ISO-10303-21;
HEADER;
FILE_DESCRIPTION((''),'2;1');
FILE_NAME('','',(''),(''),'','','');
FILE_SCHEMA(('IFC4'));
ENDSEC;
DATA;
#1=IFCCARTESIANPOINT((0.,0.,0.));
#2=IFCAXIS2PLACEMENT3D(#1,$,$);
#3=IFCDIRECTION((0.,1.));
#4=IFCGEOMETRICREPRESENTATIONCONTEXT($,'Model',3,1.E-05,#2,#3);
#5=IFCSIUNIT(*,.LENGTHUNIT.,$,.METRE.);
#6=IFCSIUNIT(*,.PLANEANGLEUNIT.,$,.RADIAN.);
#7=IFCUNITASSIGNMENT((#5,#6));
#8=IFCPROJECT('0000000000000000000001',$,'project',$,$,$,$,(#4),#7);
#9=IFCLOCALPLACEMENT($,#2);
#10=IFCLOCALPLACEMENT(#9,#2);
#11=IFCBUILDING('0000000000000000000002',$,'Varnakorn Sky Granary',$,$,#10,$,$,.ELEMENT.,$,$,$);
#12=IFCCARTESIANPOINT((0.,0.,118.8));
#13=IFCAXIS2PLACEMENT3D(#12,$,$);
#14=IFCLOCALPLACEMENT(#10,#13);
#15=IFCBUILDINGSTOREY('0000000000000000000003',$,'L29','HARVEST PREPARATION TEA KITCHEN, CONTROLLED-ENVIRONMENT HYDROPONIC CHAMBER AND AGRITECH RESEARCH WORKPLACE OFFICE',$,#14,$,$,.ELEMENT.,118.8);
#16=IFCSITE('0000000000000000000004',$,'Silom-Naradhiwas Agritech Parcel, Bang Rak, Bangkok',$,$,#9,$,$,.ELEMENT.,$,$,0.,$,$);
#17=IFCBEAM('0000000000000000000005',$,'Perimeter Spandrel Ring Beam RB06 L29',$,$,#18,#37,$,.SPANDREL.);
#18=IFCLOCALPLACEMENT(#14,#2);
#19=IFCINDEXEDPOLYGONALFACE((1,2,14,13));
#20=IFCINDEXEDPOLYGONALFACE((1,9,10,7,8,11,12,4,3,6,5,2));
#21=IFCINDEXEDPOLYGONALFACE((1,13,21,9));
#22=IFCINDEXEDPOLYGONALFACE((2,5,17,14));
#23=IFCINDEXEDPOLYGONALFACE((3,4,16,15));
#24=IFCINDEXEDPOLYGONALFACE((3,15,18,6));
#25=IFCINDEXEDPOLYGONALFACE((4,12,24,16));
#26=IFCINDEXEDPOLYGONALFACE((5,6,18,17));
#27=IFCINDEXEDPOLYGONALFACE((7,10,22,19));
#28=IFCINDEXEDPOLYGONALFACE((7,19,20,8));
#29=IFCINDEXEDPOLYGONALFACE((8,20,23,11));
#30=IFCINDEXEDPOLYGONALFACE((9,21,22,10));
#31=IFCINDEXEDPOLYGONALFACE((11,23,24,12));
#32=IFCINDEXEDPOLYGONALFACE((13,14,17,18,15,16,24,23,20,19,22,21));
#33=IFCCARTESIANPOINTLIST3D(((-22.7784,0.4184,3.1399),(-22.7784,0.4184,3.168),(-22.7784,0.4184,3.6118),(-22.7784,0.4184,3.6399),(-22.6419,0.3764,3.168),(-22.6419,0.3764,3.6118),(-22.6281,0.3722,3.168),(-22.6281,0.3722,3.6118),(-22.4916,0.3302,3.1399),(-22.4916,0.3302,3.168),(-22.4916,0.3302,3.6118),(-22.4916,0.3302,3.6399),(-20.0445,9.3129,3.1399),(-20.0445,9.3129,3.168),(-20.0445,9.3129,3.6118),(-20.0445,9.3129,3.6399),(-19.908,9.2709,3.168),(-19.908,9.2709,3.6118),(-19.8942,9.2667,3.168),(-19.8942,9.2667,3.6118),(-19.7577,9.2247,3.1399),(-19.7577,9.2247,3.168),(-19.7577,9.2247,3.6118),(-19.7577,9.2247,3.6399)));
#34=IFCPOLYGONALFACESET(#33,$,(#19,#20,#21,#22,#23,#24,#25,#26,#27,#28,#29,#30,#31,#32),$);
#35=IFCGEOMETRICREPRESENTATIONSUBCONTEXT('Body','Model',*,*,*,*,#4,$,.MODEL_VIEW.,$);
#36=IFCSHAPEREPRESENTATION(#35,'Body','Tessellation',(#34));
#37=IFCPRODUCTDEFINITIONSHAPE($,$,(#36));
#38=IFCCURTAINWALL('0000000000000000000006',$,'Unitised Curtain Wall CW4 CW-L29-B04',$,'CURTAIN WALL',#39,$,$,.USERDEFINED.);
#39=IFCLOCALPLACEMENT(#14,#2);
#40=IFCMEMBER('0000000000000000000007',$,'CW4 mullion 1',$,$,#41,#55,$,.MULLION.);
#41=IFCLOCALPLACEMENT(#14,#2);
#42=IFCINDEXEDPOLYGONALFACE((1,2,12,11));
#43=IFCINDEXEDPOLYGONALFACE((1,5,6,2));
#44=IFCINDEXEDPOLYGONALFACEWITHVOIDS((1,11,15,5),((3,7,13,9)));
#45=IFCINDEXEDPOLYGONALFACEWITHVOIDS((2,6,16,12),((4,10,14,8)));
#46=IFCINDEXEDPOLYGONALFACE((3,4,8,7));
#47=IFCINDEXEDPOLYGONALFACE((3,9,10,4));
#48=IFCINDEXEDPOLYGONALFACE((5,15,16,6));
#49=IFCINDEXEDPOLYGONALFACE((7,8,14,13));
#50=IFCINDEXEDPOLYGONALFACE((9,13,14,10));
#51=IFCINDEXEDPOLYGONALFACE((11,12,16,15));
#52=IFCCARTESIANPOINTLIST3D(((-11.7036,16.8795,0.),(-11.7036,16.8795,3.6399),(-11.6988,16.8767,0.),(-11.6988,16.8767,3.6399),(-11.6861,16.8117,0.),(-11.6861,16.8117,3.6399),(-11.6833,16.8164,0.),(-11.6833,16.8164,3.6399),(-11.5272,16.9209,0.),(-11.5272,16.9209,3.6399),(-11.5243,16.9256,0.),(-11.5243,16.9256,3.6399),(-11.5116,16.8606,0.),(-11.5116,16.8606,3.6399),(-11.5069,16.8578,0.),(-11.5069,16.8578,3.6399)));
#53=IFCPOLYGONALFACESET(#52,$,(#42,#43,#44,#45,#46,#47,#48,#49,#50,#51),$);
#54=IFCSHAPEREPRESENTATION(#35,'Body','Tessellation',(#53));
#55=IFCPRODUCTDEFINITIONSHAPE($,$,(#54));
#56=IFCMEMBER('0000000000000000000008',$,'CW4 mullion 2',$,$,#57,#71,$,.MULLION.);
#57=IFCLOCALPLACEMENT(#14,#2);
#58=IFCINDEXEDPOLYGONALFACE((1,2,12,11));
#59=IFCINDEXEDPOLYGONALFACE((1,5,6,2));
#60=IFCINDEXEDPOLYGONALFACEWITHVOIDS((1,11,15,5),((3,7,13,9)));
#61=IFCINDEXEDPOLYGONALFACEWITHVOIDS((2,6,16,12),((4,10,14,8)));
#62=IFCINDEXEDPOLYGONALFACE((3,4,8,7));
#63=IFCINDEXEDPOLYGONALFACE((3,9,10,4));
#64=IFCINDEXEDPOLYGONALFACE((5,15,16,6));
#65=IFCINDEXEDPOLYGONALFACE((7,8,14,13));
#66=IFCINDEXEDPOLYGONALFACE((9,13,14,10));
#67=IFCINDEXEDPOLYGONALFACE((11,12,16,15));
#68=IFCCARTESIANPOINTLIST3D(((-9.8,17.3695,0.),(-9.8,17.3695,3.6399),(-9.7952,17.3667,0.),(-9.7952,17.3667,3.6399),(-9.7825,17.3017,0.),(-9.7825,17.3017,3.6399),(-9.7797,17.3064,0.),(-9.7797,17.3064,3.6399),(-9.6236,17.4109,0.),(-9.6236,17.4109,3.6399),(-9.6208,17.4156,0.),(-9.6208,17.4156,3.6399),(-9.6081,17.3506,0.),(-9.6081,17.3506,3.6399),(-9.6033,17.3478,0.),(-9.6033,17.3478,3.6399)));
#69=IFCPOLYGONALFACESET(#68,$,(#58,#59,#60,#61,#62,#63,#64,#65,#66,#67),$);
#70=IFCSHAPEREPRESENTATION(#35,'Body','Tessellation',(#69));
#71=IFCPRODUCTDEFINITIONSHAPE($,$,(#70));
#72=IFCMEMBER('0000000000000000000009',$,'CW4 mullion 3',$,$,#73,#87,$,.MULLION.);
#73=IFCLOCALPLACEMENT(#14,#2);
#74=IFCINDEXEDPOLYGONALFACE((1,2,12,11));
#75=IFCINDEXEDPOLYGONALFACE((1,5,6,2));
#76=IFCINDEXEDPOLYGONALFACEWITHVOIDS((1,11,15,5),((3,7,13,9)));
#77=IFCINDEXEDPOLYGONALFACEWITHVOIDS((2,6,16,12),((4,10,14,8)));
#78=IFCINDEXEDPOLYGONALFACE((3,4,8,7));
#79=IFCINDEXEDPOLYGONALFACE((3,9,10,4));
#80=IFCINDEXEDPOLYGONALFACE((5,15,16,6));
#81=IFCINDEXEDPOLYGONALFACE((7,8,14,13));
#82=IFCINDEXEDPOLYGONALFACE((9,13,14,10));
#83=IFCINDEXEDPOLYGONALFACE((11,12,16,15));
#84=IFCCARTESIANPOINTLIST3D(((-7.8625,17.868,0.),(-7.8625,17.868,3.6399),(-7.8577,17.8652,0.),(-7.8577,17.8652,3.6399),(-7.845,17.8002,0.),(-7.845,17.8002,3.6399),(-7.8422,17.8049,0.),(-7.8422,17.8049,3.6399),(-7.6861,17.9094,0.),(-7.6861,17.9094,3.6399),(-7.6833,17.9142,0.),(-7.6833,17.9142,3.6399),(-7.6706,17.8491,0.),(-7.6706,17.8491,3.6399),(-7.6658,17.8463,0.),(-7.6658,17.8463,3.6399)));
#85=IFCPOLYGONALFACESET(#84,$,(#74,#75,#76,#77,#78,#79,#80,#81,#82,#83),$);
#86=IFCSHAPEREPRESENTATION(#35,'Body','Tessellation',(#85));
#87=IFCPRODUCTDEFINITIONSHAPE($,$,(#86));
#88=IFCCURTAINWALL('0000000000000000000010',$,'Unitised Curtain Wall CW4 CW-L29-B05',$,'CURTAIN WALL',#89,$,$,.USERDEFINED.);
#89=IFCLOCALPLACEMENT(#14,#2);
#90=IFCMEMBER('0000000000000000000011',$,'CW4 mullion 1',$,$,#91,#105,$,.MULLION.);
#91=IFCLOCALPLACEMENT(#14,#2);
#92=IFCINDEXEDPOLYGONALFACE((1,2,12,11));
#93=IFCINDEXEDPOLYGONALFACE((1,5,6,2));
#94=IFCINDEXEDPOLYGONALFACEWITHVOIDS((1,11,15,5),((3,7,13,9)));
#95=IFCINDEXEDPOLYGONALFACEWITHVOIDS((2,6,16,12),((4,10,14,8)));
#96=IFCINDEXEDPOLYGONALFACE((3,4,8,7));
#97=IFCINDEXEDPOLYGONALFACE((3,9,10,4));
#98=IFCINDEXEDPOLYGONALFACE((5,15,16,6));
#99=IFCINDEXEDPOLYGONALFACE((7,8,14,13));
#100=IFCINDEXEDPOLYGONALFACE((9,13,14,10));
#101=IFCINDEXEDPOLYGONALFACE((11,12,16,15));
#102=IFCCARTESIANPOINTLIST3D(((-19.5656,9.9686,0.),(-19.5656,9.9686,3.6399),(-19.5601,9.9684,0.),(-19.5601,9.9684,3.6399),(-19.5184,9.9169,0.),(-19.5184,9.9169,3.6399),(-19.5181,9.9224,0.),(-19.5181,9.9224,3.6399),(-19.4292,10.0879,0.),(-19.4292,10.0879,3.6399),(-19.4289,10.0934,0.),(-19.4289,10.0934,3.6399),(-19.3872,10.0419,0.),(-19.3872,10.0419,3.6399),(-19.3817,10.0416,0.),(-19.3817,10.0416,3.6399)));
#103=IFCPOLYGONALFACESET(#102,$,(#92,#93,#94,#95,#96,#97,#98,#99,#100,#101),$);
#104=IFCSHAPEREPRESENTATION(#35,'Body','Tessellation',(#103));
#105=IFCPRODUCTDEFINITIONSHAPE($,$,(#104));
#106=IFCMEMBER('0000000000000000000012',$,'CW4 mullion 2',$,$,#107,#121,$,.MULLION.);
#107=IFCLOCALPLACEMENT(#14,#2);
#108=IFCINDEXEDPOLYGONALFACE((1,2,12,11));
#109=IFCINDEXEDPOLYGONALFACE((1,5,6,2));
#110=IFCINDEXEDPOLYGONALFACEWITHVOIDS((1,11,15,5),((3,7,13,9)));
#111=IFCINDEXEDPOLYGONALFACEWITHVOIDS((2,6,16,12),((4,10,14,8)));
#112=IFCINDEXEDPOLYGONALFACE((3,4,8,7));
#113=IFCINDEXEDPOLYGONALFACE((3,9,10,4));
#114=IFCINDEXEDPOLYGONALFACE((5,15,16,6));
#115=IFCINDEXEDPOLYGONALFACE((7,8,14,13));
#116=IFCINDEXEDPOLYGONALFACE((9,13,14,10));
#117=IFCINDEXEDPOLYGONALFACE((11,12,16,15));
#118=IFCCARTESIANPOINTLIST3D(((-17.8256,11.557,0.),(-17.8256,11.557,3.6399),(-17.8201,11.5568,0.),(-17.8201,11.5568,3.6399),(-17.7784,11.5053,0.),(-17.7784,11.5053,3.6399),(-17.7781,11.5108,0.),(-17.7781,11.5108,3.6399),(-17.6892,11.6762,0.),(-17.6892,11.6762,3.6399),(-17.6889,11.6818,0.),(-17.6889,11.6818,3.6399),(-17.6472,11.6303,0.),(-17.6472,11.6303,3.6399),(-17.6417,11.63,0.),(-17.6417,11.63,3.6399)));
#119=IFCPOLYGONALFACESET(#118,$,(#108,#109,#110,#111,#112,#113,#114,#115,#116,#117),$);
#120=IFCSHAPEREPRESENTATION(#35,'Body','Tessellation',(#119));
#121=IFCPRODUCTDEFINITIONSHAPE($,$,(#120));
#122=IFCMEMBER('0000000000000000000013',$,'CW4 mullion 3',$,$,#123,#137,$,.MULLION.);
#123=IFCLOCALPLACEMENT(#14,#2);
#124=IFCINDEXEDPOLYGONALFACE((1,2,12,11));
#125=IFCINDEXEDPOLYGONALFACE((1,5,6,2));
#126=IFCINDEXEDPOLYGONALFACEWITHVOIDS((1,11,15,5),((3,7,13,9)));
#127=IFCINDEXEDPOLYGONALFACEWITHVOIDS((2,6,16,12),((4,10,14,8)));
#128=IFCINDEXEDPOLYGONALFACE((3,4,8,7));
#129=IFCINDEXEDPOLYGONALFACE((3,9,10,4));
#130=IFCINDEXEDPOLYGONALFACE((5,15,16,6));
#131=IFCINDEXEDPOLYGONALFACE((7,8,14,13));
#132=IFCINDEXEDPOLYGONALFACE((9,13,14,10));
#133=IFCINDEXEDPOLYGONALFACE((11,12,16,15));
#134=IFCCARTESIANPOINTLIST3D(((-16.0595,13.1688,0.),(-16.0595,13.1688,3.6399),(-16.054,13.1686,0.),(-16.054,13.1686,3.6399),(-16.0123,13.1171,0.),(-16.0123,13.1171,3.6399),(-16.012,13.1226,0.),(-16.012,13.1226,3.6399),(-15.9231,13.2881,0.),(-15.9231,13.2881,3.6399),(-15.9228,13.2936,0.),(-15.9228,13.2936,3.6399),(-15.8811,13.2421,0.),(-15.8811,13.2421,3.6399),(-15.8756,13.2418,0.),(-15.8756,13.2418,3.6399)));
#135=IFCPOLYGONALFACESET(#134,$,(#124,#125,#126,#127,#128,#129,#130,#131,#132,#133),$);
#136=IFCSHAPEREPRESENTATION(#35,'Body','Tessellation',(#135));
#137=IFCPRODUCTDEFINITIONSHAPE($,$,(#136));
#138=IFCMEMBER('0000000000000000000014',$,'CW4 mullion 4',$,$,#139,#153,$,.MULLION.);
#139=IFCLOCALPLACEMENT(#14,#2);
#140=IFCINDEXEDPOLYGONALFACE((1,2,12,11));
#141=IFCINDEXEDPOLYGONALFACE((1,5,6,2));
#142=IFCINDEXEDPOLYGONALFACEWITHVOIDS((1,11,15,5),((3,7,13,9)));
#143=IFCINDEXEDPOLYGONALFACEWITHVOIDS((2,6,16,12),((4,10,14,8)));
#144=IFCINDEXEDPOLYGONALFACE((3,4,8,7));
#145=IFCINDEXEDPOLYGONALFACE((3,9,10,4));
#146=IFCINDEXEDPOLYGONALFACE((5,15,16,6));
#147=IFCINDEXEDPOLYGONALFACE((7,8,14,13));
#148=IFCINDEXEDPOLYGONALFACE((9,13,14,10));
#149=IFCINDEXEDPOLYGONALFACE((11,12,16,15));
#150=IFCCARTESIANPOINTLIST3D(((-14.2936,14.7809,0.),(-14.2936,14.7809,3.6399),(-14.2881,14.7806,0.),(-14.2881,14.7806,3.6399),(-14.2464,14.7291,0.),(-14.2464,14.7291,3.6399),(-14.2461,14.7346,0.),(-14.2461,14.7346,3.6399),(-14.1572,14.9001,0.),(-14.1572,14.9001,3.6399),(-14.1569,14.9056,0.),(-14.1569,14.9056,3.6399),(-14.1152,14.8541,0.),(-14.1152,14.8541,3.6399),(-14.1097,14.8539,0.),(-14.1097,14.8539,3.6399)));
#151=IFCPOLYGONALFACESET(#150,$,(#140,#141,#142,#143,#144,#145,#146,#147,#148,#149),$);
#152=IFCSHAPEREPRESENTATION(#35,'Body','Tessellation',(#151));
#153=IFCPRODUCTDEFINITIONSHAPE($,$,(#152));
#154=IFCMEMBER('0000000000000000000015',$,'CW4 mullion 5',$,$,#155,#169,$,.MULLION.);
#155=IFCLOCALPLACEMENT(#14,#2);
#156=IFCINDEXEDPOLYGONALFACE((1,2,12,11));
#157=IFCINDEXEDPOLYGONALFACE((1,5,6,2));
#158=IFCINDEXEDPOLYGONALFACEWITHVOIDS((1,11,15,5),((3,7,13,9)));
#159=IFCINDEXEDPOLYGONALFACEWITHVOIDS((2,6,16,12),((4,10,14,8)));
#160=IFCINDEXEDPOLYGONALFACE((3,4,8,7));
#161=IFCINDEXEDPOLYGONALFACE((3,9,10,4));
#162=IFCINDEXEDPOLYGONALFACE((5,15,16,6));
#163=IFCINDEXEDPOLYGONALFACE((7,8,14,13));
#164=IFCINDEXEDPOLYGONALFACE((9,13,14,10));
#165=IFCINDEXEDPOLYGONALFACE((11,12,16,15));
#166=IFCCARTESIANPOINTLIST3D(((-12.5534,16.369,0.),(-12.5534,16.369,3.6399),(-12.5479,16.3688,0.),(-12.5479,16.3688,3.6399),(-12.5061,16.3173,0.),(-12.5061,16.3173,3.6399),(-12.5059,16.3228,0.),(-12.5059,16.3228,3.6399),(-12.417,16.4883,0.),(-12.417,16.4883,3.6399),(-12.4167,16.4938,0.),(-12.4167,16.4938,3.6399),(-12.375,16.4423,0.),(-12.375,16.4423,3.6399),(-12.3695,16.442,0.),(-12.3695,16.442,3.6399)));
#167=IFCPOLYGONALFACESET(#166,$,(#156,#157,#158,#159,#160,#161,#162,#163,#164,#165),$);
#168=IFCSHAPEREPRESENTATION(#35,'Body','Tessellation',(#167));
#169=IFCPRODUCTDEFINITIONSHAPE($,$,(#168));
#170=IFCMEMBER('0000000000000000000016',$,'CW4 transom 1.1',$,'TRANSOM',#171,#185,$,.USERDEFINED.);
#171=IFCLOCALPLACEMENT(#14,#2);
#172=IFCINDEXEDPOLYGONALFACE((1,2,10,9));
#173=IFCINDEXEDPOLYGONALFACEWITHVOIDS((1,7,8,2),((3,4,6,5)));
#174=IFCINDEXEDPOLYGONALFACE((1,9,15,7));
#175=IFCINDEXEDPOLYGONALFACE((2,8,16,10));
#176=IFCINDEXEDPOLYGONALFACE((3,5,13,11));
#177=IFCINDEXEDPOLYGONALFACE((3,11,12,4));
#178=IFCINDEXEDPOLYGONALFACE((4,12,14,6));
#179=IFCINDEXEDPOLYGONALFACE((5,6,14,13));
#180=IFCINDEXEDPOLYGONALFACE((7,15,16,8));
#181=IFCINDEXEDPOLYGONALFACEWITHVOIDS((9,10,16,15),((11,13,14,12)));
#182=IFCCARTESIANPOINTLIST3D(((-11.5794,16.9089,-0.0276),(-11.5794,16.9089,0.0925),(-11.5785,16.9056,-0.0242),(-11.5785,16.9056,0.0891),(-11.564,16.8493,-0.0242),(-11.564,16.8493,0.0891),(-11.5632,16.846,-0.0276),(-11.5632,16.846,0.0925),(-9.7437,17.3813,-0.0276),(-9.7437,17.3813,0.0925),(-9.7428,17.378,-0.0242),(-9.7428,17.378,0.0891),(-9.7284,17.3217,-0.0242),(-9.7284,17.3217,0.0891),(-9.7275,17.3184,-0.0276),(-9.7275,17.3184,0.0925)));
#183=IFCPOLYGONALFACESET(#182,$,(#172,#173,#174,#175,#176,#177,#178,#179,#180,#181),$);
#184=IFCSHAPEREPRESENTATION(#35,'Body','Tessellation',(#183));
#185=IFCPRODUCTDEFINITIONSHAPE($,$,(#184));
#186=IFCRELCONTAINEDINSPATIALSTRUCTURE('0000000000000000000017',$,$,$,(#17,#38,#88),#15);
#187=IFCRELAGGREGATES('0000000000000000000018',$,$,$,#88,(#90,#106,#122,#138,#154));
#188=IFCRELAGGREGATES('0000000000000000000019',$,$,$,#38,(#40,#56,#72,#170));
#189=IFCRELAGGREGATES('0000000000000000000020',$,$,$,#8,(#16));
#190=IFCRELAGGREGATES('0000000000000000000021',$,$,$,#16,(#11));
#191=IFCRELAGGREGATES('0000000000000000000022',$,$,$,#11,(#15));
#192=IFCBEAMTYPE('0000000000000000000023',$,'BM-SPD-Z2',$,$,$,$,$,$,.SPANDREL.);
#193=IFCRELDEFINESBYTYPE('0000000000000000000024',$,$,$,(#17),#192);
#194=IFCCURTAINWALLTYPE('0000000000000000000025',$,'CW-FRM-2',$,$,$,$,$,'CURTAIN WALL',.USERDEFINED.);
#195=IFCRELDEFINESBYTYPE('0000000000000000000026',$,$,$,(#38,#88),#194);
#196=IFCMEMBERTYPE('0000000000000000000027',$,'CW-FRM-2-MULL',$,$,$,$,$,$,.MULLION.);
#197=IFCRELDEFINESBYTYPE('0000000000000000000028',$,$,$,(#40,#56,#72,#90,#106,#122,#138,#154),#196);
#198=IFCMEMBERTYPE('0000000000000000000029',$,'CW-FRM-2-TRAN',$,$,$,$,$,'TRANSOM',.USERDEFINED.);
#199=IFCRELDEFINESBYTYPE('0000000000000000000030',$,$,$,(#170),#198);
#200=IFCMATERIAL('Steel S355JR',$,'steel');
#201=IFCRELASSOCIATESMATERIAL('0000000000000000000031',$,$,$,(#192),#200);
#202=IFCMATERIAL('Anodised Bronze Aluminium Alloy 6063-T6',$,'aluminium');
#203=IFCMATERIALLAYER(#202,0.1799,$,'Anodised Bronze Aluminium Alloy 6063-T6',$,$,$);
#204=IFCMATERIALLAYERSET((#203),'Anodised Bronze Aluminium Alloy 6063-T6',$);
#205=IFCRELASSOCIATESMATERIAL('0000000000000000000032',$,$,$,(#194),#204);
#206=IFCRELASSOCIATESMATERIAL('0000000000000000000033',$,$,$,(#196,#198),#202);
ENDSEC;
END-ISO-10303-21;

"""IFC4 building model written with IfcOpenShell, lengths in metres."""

from ifc_helpers import new_model, si_unit, direction, frame, origin, origin_2d, place, context, subcontext, project, spatial, hollow_rectangle, i_section, extrude, material, layer, layer_set, material_profile, profile_set, type_object, element, aggregate, save


model = new_model("IFC4")

# Units and contexts
model_context = context("Model", 3, precision=1e-05, world=origin(), true_north=direction((0.0, 1.0)))
body_context = subcontext(model_context, "Body", "Model", "MODEL_VIEW")
ifc_project = project(units=[si_unit("LENGTHUNIT", "METRE"), si_unit("PLANEANGLEUNIT", "RADIAN")], contexts=[model_context])

# Site, building, storey
site_placement = place(None, origin())
site = spatial("IfcSite", under=ifc_project, at=site_placement, Name="Silom-Naradhiwas Agritech Parcel, Bang Rak, Bangkok", CompositionType="ELEMENT", RefElevation=0.0)
building_placement = place(site_placement, origin())
building = spatial("IfcBuilding", under=site, at=building_placement, Name="Varnakorn Sky Granary", CompositionType="ELEMENT")
storey_placement = place(building_placement, frame((0.0, 0.0, 118.8)))
storey = spatial("IfcBuildingStorey", under=building, at=storey_placement, Name="L29", Description="HARVEST PREPARATION TEA KITCHEN, CONTROLLED-ENVIRONMENT HYDROPONIC CHAMBER AND AGRITECH RESEARCH WORKPLACE OFFICE", CompositionType="ELEMENT", Elevation=118.8)

# Beam
ifc_material_1 = material(Name="Steel S355JR", Category="steel")
ifc_material_profile_1 = material_profile(ifc_material_1, i_section(OverallWidth=0.3, OverallDepth=0.5, WebThickness=0.0144, FlangeThickness=0.0281, at=origin_2d()), Name="HE 500 B")
ifc_profile_set_1 = profile_set([ifc_material_profile_1], Name="Steel S355JR")
beam_type_1 = type_object("IfcBeamType", Name="BM-SPD-Z2", PredefinedType="SPANDREL", material=ifc_profile_set_1)
beam_1_placement = place(storey_placement, frame((-19.9011, 9.2688, 3.3899), z_axis=(-0.293802, -0.955866, 0.0), x_axis=(0.955866, -0.293802, 0.0)))
element("IfcBeam", 1, at=beam_1_placement, inside=storey, type_object=beam_type_1, Name="Perimeter Spandrel Ring Beam RB06 L29", PredefinedType="SPANDREL", context=body_context, shape_type="SweptSolid", body=[
    extrude(i_section(OverallWidth=0.3, OverallDepth=0.5, WebThickness=0.0144, FlangeThickness=0.0281, at=origin_2d()), origin(), (0.0, 0.0, 1.0), 9.3052),
])

# Curtain walls, members
ifc_material_2 = material(Name="Anodised Bronze Aluminium Alloy 6063-T6", Category="aluminium")
ifc_layer_1 = layer(ifc_material_2, 0.1799, Name="Anodised Bronze Aluminium Alloy 6063-T6")
ifc_layer_set_1 = layer_set([ifc_layer_1], Name="Anodised Bronze Aluminium Alloy 6063-T6")
curtain_wall_type = type_object("IfcCurtainWallType", Name="CW-FRM-2", ElementType="CURTAIN WALL", PredefinedType="USERDEFINED", material=ifc_layer_set_1)
curtain_wall_1_placement = place(storey_placement, origin())
curtain_wall_1 = element("IfcCurtainWall", 2, at=curtain_wall_1_placement, inside=storey, type_object=curtain_wall_type, Name="Unitised Curtain Wall CW4 CW-L29-B04", ObjectType="CURTAIN WALL", PredefinedType="USERDEFINED")
ifc_material_profile_2 = material_profile(ifc_material_2, hollow_rectangle(XDim=0.0701, YDim=0.1851, WallThickness=0.0039, at=origin_2d()), Name="ALU MULL 70x185")
ifc_profile_set_2 = profile_set([ifc_material_profile_2], Name="Anodised Bronze Aluminium Alloy 6063-T6")
member_type_1 = type_object("IfcMemberType", Name="CW-FRM-2-MULL", PredefinedType="MULLION", material=ifc_profile_set_2)
member_1_placement = place(storey_placement, frame((-11.6052, 16.8687, 0.0), z_axis=(0.0, 0.0, 1.0), x_axis=(-0.249196, 0.968453, 0.0)))
member_1 = element("IfcMember", 3, at=member_1_placement, type_object=member_type_1, Name="CW4 mullion 1", PredefinedType="MULLION", context=body_context, shape_type="SweptSolid", body=[
    extrude(hollow_rectangle(XDim=0.0701, YDim=0.1851, WallThickness=0.0039, at=origin_2d()), origin(), (0.0, 0.0, 1.0), 3.6399),
])
member_2_placement = place(storey_placement, frame((-9.7017, 17.3586, 0.0), z_axis=(0.0, 0.0, 1.0), x_axis=(-0.249196, 0.968453, 0.0)))
member_2 = element("IfcMember", 4, at=member_2_placement, type_object=member_type_1, Name="CW4 mullion 2", PredefinedType="MULLION", context=body_context, shape_type="SweptSolid", body=[
    extrude(hollow_rectangle(XDim=0.0701, YDim=0.1851, WallThickness=0.0039, at=origin_2d()), origin(), (0.0, 0.0, 1.0), 3.6399),
])
member_3_placement = place(storey_placement, frame((-7.7642, 17.8572, 0.0), z_axis=(0.0, 0.0, 1.0), x_axis=(-0.249196, 0.968453, 0.0)))
member_3 = element("IfcMember", 5, at=member_3_placement, type_object=member_type_1, Name="CW4 mullion 3", PredefinedType="MULLION", context=body_context, shape_type="SweptSolid", body=[
    extrude(hollow_rectangle(XDim=0.0701, YDim=0.1851, WallThickness=0.0039, at=origin_2d()), origin(), (0.0, 0.0, 1.0), 3.6399),
])
curtain_wall_2_placement = place(storey_placement, origin())
curtain_wall_2 = element("IfcCurtainWall", 6, at=curtain_wall_2_placement, inside=storey, type_object=curtain_wall_type, Name="Unitised Curtain Wall CW4 CW-L29-B05", ObjectType="CURTAIN WALL", PredefinedType="USERDEFINED")
member_4_placement = place(storey_placement, frame((-19.4736, 10.0051, 0.0), z_axis=(0.0, 0.0, 1.0), x_axis=(-0.674153, 0.738592, 0.0)))
member_4 = element("IfcMember", 7, at=member_4_placement, type_object=member_type_1, Name="CW4 mullion 1", PredefinedType="MULLION", context=body_context, shape_type="SweptSolid", body=[
    extrude(hollow_rectangle(XDim=0.0701, YDim=0.1851, WallThickness=0.0039, at=origin_2d()), origin(), (0.0, 0.0, 1.0), 3.6399),
])
member_5_placement = place(storey_placement, frame((-17.7336, 11.5935, 0.0), z_axis=(0.0, 0.0, 1.0), x_axis=(-0.674153, 0.738592, 0.0)))
member_5 = element("IfcMember", 8, at=member_5_placement, type_object=member_type_1, Name="CW4 mullion 2", PredefinedType="MULLION", context=body_context, shape_type="SweptSolid", body=[
    extrude(hollow_rectangle(XDim=0.0701, YDim=0.1851, WallThickness=0.0039, at=origin_2d()), origin(), (0.0, 0.0, 1.0), 3.6399),
])
member_6_placement = place(storey_placement, frame((-15.9675, 13.2053, 0.0), z_axis=(0.0, 0.0, 1.0), x_axis=(-0.674153, 0.738592, 0.0)))
member_6 = element("IfcMember", 9, at=member_6_placement, type_object=member_type_1, Name="CW4 mullion 3", PredefinedType="MULLION", context=body_context, shape_type="SweptSolid", body=[
    extrude(hollow_rectangle(XDim=0.0701, YDim=0.1851, WallThickness=0.0039, at=origin_2d()), origin(), (0.0, 0.0, 1.0), 3.6399),
])
member_7_placement = place(storey_placement, frame((-14.2017, 14.8174, 0.0), z_axis=(0.0, 0.0, 1.0), x_axis=(-0.674153, 0.738592, 0.0)))
member_7 = element("IfcMember", 10, at=member_7_placement, type_object=member_type_1, Name="CW4 mullion 4", PredefinedType="MULLION", context=body_context, shape_type="SweptSolid", body=[
    extrude(hollow_rectangle(XDim=0.0701, YDim=0.1851, WallThickness=0.0039, at=origin_2d()), origin(), (0.0, 0.0, 1.0), 3.6399),
])
member_8_placement = place(storey_placement, frame((-12.4614, 16.4055, 0.0), z_axis=(0.0, 0.0, 1.0), x_axis=(-0.674153, 0.738592, 0.0)))
member_8 = element("IfcMember", 11, at=member_8_placement, type_object=member_type_1, Name="CW4 mullion 5", PredefinedType="MULLION", context=body_context, shape_type="SweptSolid", body=[
    extrude(hollow_rectangle(XDim=0.0701, YDim=0.1851, WallThickness=0.0039, at=origin_2d()), origin(), (0.0, 0.0, 1.0), 3.6399),
])

# Member
ifc_material_profile_3 = material_profile(ifc_material_2, hollow_rectangle(XDim=0.0649, YDim=0.1201, WallThickness=0.0034, at=origin_2d()), Name="ALU TRAN 65x120")
ifc_profile_set_3 = profile_set([ifc_material_profile_3], Name="Anodised Bronze Aluminium Alloy 6063-T6")
member_type_2 = type_object("IfcMemberType", Name="CW-FRM-2-TRAN", ElementType="TRANSOM", PredefinedType="USERDEFINED", material=ifc_profile_set_3)
member_9_placement = place(storey_placement, frame((-11.5713, 16.8774, 0.0325), z_axis=(0.968445, 0.249227, 0.0), x_axis=(-0.249227, 0.968445, 0.0)))
member_9 = element("IfcMember", 12, at=member_9_placement, type_object=member_type_2, Name="CW4 transom 1.1", ObjectType="TRANSOM", PredefinedType="USERDEFINED", context=body_context, shape_type="SweptSolid", body=[
    extrude(hollow_rectangle(XDim=0.0649, YDim=0.1201, WallThickness=0.0034, at=origin_2d()), origin(), (0.0, 0.0, 1.0), 1.8955),
])

aggregate(curtain_wall_2, [member_4, member_5, member_6, member_7, member_8])
aggregate(curtain_wall_1, [member_1, member_2, member_3, member_9])

save(model, "model.ifc")
